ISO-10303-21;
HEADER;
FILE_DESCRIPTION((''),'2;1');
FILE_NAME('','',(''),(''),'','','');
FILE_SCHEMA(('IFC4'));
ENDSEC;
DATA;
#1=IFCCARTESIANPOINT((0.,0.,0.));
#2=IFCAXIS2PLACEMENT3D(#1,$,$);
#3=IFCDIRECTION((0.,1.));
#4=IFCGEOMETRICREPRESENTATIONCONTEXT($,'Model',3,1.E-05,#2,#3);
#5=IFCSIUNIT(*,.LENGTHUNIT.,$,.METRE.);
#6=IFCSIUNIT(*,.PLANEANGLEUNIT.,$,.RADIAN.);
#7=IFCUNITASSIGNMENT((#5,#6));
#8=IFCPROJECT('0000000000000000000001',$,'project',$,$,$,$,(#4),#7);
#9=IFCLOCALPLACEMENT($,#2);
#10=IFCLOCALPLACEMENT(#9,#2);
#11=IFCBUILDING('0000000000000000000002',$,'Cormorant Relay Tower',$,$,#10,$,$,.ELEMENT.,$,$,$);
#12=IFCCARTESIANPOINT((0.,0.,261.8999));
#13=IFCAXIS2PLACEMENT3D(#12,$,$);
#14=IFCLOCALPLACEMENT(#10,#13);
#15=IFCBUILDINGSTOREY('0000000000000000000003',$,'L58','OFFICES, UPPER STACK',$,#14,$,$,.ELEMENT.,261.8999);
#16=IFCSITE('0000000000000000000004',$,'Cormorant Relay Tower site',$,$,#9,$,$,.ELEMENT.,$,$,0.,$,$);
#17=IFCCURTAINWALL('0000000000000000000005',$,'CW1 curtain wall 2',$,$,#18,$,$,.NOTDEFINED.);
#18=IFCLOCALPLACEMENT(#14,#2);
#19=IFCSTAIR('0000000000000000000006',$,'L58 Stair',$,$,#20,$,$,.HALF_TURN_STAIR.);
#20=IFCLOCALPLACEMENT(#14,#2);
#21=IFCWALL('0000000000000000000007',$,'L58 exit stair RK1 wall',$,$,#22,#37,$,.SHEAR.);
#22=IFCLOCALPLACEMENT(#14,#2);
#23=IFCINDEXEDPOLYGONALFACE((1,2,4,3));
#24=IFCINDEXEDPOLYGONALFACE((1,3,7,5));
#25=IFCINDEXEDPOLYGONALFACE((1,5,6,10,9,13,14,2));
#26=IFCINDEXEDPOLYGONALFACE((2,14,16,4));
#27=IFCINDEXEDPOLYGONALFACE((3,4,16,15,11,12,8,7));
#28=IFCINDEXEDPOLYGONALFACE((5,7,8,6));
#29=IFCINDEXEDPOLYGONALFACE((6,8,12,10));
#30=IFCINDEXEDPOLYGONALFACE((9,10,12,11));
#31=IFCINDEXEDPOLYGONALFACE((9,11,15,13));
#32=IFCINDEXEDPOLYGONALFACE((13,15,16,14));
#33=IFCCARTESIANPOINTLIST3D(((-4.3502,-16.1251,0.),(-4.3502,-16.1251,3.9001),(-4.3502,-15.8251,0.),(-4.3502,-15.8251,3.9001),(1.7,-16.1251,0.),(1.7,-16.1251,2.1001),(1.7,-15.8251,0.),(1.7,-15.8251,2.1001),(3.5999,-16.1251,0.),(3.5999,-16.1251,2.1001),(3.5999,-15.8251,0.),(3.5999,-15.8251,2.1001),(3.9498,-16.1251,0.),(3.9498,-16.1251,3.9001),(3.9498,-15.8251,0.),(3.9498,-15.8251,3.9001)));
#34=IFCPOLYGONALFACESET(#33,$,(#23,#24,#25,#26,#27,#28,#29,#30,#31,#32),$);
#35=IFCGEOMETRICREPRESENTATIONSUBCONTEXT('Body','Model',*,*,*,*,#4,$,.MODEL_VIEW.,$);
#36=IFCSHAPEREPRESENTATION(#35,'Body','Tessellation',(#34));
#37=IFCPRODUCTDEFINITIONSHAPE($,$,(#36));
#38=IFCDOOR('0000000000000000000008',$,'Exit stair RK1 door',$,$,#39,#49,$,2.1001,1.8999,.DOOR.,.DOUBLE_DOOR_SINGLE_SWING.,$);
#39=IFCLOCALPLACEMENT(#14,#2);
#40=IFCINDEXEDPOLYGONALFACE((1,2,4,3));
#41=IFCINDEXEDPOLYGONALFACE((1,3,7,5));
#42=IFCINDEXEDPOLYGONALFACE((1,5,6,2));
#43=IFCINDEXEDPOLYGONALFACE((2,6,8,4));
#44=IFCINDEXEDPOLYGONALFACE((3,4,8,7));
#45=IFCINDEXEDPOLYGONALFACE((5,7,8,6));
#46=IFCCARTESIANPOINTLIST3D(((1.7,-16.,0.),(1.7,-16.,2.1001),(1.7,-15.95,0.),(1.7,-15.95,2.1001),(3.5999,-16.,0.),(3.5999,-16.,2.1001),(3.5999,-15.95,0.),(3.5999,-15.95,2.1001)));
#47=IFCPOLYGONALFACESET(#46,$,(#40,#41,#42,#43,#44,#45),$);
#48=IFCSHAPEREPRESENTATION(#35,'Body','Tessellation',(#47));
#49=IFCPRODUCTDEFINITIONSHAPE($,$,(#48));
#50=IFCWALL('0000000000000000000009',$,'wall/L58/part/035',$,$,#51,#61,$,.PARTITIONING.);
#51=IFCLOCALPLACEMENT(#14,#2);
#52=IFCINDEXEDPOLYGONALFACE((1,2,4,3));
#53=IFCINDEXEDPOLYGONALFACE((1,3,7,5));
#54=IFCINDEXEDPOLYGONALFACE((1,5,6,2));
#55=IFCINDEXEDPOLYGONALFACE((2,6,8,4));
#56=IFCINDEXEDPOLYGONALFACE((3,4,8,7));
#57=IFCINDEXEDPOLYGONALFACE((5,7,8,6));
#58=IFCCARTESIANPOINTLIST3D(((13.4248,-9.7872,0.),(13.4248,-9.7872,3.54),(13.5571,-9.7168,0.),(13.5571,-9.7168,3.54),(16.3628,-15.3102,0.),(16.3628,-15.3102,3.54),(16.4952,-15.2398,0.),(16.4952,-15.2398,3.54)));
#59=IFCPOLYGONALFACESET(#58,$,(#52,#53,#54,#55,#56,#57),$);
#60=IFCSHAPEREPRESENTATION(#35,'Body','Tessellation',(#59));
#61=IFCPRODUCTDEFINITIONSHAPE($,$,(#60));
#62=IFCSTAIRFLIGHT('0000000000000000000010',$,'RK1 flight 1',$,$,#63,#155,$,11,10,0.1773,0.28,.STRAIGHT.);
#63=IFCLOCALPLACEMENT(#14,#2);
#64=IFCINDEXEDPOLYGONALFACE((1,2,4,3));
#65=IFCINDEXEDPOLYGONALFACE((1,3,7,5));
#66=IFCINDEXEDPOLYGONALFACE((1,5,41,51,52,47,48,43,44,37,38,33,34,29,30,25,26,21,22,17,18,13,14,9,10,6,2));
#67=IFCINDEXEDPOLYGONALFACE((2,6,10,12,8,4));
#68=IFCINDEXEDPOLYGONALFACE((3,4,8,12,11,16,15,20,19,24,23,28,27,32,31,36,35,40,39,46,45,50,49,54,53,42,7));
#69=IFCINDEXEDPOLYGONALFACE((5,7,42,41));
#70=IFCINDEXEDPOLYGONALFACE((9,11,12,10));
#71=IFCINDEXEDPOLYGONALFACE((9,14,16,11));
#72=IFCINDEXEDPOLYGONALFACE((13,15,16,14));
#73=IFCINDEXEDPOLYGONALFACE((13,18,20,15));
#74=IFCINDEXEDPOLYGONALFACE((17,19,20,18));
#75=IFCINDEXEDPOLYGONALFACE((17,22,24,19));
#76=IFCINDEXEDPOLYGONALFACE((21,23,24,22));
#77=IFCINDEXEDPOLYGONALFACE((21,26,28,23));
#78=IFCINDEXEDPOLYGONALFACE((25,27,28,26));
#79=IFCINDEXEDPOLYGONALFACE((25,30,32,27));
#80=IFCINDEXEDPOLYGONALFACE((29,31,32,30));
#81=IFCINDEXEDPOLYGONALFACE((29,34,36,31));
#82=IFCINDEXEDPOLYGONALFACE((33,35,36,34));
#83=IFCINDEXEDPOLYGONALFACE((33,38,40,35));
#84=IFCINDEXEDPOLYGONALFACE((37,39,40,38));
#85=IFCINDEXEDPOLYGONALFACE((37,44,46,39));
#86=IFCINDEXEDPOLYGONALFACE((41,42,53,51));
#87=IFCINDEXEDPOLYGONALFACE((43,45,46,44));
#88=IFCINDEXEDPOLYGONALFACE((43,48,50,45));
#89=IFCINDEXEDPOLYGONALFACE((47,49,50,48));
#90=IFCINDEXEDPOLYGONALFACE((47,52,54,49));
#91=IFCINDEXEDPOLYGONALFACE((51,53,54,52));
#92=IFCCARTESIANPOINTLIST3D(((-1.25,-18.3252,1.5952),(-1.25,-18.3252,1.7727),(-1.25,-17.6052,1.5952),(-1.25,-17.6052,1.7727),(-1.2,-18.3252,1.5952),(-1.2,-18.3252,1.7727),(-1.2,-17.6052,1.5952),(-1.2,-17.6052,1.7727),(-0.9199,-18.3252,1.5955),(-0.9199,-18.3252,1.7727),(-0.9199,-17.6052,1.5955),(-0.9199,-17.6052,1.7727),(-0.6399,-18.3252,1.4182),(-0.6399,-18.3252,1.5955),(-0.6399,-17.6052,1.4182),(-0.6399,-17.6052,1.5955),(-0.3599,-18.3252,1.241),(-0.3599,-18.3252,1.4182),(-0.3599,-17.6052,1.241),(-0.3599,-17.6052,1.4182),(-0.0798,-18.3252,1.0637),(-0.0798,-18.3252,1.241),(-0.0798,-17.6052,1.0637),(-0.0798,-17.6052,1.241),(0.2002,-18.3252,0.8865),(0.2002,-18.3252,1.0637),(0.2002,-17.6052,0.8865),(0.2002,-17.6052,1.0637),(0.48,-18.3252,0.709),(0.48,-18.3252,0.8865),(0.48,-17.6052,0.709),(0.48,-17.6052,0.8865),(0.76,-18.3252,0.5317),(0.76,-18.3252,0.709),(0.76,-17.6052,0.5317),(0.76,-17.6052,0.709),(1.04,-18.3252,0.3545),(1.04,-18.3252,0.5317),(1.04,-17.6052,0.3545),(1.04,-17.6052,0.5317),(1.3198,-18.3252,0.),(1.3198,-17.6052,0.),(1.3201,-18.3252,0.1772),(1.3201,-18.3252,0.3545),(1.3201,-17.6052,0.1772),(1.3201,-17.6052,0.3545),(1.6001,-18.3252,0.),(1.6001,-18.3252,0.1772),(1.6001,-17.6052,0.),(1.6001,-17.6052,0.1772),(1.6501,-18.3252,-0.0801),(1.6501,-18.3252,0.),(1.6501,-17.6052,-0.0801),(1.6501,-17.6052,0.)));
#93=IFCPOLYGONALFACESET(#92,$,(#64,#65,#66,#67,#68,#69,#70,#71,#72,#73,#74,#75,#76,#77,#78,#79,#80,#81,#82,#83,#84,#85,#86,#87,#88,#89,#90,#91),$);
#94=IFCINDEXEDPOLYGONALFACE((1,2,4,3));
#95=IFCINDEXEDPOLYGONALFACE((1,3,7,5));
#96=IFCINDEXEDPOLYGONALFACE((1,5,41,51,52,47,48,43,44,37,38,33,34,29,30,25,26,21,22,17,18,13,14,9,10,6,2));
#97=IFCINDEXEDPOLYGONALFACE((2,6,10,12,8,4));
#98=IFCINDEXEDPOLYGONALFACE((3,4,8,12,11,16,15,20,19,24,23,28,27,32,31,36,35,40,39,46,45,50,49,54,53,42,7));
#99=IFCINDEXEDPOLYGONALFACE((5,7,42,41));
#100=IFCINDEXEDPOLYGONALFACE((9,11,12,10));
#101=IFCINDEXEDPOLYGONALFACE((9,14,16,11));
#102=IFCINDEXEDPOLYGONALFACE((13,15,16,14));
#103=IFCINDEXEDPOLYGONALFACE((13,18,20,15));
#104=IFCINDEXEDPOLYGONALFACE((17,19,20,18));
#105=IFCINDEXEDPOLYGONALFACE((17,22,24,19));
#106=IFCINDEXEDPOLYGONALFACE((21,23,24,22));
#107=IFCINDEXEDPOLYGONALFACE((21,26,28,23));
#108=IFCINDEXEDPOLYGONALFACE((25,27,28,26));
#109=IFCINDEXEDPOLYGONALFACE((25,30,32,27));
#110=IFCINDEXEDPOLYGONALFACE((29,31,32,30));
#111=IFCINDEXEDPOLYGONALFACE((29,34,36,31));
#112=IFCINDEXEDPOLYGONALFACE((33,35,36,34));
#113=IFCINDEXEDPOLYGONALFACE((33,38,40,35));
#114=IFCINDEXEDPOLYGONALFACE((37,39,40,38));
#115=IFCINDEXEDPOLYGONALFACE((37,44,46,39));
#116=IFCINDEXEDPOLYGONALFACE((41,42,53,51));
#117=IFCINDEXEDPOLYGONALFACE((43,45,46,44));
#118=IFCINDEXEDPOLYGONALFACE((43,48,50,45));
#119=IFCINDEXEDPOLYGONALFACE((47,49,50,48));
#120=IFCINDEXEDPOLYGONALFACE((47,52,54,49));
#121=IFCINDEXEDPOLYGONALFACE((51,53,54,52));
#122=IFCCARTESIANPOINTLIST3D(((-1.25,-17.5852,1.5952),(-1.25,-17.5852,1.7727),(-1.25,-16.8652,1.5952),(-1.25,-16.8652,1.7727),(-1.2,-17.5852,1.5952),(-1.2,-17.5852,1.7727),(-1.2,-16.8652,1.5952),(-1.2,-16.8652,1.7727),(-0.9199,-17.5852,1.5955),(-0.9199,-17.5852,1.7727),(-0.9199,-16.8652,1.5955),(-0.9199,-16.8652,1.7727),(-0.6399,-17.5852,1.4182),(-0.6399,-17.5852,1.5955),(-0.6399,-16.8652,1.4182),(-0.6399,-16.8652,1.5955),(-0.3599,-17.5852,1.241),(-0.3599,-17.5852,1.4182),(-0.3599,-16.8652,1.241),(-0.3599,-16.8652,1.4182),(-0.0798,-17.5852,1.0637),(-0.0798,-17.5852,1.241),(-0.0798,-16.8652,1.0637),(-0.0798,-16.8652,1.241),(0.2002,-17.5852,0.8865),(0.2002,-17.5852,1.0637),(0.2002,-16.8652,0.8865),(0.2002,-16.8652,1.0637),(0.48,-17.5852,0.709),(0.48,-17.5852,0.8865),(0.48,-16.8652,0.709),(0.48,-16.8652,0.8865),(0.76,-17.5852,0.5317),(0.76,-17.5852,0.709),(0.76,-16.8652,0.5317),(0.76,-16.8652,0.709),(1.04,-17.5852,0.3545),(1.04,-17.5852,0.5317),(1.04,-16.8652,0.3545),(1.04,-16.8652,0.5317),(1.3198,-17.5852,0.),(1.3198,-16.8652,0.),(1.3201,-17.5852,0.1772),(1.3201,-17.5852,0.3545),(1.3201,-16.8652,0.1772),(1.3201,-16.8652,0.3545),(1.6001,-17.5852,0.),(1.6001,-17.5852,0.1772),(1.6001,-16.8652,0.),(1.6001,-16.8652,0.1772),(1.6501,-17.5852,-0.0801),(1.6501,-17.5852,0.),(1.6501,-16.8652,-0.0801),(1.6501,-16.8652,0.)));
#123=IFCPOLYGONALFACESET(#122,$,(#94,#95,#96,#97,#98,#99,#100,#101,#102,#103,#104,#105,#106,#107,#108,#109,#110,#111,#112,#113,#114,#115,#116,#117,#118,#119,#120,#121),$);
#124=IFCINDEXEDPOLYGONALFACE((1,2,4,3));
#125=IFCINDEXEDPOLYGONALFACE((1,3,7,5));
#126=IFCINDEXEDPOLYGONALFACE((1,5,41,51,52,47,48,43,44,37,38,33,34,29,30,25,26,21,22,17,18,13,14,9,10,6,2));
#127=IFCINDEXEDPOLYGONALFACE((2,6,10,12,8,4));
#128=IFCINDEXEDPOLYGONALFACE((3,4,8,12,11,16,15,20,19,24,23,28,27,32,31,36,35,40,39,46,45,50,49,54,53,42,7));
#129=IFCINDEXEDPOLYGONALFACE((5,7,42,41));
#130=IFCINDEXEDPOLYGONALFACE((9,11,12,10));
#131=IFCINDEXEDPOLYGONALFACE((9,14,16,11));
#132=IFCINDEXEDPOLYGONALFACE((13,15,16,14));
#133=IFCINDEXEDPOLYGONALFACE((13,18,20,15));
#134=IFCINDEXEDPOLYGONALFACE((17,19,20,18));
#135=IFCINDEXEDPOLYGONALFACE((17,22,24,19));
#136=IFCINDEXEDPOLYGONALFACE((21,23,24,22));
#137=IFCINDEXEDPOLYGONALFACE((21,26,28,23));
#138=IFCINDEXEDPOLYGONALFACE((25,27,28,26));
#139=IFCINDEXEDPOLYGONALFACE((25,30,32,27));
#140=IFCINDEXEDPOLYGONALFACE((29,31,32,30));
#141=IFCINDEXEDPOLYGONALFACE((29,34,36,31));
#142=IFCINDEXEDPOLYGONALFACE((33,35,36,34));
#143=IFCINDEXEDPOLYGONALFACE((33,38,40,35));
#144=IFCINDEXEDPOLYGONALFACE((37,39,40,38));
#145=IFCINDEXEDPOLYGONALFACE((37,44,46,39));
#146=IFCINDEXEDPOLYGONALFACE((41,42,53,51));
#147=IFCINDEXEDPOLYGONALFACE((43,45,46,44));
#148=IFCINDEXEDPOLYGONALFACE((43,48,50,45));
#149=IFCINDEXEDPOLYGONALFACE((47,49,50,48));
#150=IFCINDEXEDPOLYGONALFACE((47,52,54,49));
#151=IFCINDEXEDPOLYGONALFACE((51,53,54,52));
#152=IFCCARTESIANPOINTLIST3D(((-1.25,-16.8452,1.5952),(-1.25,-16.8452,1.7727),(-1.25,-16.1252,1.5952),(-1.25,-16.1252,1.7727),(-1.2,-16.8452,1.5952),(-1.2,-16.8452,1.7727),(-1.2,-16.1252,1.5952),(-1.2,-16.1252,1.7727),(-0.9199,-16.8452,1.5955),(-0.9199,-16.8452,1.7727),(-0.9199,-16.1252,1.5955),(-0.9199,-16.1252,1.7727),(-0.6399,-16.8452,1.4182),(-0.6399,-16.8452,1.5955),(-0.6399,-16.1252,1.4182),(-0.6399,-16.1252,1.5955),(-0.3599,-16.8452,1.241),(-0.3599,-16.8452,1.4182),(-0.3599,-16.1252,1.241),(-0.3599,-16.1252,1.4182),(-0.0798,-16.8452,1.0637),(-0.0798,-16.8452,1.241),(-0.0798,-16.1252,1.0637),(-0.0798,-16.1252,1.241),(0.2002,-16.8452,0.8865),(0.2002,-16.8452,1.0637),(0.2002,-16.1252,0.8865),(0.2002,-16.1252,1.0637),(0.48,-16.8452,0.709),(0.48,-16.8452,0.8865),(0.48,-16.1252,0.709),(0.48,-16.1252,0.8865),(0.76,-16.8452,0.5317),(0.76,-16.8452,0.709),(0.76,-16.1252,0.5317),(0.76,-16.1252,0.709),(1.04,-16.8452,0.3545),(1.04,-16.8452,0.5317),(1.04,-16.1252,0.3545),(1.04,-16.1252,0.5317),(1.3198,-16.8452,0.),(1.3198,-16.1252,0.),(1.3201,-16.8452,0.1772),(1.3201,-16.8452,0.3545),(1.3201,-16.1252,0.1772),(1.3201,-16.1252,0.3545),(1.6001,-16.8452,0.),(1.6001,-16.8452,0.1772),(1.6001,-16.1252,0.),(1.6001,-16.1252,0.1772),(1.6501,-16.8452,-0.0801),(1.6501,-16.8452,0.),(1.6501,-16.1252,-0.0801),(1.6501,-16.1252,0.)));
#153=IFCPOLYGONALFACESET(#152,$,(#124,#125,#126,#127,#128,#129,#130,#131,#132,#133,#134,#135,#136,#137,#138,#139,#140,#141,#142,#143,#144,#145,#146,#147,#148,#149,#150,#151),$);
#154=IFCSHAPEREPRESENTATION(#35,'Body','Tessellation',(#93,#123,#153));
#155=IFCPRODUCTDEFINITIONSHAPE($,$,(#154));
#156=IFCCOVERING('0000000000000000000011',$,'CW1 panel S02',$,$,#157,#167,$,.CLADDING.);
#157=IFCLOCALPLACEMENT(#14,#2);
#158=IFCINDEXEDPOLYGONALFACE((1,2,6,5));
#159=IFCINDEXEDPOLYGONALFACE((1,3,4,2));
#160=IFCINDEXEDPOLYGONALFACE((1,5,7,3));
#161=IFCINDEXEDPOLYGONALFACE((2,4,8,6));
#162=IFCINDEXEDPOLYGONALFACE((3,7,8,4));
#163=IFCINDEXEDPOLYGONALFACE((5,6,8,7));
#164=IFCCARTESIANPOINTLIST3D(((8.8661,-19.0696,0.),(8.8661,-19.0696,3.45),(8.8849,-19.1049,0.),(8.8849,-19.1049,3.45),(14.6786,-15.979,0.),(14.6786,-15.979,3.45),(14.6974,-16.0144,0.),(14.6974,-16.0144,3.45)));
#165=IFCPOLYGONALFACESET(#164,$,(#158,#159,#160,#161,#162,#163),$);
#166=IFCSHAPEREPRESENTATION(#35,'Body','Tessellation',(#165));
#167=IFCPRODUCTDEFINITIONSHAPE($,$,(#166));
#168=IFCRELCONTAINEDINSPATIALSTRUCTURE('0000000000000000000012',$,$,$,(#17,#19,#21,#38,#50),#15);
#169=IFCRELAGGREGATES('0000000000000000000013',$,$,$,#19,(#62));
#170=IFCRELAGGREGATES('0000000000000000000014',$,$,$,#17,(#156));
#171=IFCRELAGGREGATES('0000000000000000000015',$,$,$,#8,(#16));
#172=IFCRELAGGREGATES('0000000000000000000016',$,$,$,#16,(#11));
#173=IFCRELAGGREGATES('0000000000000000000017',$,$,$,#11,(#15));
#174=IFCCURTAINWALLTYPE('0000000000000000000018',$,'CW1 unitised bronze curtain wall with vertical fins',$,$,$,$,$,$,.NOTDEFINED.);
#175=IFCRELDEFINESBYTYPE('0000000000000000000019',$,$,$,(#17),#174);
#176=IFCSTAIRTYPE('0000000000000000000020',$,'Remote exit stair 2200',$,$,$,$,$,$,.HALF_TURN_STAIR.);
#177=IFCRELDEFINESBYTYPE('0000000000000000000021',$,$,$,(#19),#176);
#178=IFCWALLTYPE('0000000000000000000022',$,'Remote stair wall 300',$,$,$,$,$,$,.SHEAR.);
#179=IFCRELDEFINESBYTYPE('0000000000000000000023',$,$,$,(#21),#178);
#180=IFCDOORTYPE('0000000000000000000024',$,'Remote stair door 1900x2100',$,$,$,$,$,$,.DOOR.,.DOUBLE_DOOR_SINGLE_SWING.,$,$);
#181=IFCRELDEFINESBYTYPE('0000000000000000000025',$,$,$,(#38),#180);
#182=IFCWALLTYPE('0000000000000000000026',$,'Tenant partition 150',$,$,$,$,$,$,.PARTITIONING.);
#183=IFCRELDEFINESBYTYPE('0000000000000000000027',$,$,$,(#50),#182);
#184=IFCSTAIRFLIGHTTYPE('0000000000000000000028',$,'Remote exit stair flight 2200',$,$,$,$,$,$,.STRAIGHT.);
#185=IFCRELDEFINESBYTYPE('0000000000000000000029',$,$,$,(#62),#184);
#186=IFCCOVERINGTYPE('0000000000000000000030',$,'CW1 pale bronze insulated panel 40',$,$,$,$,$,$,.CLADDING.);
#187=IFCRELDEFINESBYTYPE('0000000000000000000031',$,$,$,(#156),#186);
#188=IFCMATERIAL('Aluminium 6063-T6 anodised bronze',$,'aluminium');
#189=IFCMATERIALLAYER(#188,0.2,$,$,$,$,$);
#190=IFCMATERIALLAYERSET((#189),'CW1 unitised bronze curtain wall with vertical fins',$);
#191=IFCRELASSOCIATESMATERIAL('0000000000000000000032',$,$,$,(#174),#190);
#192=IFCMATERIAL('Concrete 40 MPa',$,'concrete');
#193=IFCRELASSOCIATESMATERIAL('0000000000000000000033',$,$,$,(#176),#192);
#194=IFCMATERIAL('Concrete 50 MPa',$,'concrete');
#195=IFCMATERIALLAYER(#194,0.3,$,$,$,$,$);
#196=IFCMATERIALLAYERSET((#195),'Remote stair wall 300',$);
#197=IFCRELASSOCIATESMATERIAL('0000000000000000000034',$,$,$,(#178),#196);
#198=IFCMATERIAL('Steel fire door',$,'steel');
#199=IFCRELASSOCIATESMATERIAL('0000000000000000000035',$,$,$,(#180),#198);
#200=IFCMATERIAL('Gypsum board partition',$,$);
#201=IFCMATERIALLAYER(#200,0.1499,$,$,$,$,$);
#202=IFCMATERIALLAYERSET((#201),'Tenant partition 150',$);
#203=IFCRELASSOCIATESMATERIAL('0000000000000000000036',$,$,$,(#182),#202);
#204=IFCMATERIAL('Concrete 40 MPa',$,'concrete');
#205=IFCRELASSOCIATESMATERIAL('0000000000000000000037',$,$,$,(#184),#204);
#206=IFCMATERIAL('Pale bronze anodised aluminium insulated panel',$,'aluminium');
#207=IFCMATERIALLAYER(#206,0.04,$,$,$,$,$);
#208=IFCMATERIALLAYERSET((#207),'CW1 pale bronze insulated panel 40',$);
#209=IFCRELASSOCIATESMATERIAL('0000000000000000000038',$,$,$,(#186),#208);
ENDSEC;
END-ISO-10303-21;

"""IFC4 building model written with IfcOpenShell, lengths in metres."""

from ifc_helpers import new_model, si_unit, direction, frame, frame_2d, origin, origin_2d, place, context, subcontext, project, spatial, polyline, rectangle, outline, extrude, material, layer, layer_set, type_object, element, fill, aggregate, save


model = new_model("IFC4")

# Units and contexts
model_context = context("Model", 3, precision=1e-05, world=origin(), true_north=direction((0.0, 1.0)))
body_context = subcontext(model_context, "Body", "Model", "MODEL_VIEW")
ifc_project = project(units=[si_unit("LENGTHUNIT", "METRE"), si_unit("PLANEANGLEUNIT", "RADIAN")], contexts=[model_context])

# Site, building, storey
site_placement = place(None, origin())
site = spatial("IfcSite", under=ifc_project, at=site_placement, Name="Cormorant Relay Tower site", CompositionType="ELEMENT", RefElevation=0.0)
building_placement = place(site_placement, origin())
building = spatial("IfcBuilding", under=site, at=building_placement, Name="Cormorant Relay Tower", CompositionType="ELEMENT")
storey_placement = place(building_placement, frame((0.0, 0.0, 261.8999)))
storey = spatial("IfcBuildingStorey", under=building, at=storey_placement, Name="L58", Description="OFFICES, UPPER STACK", CompositionType="ELEMENT", Elevation=261.8999)

# Curtain wall
ifc_material_1 = material(Name="Aluminium 6063-T6 anodised bronze", Category="aluminium")
ifc_layer_1 = layer(ifc_material_1, 0.2)
ifc_layer_set_1 = layer_set([ifc_layer_1], Name="CW1 unitised bronze curtain wall with vertical fins")
curtain_wall_type = type_object("IfcCurtainWallType", Name="CW1 unitised bronze curtain wall with vertical fins", PredefinedType="NOTDEFINED", material=ifc_layer_set_1)
curtain_wall_placement = place(storey_placement, origin())
curtain_wall = element("IfcCurtainWall", 1, at=curtain_wall_placement, inside=storey, type_object=curtain_wall_type, Name="CW1 curtain wall 2", PredefinedType="NOTDEFINED")

# Stair
ifc_material_2 = material(Name="Concrete 40 MPa", Category="concrete")
stair_type_1 = type_object("IfcStairType", Name="Remote exit stair 2200", PredefinedType="HALF_TURN_STAIR", material=ifc_material_2)
stair_1_placement = place(storey_placement, origin())
stair_1 = element("IfcStair", 2, at=stair_1_placement, inside=storey, type_object=stair_type_1, Name="L58 Stair", PredefinedType="HALF_TURN_STAIR")

# Shared definitions
ifc_material_3 = material(Name="Concrete 50 MPa", Category="concrete")
ifc_layer_2 = layer(ifc_material_3, 0.3)
ifc_layer_set_2 = layer_set([ifc_layer_2], Name="Remote stair wall 300")
wall_type_1 = type_object("IfcWallType", Name="Remote stair wall 300", PredefinedType="SHEAR", material=ifc_layer_set_2)

# Wall, opening, door
wall_1_placement = place(storey_placement, frame((-4.3501, -15.9751, 0.0), z_axis=(0.0, 0.0, 1.0), x_axis=(1.0, 0.0, 0.0)))
wall_1 = element("IfcWall", 3, at=wall_1_placement, inside=storey, type_object=wall_type_1, Name="L58 exit stair RK1 wall", PredefinedType="SHEAR", context=body_context, shape_type="SweptSolid", body=[
    extrude(rectangle(XDim=8.3, YDim=0.3, at=frame_2d((4.1499, 0.0))), origin(), (0.0, 0.0, 1.0), 3.9001),
])
opening_1_placement = place(wall_1_placement, frame((6.05, 0.0, 0.0)))
opening_1 = element("IfcOpeningElement", 4, at=opening_1_placement, cuts=wall_1, PredefinedType="OPENING", context=body_context, shape_type="SweptSolid", body=[
    extrude(rectangle(XDim=1.8999, YDim=2.1001, at=frame_2d((0.95, 1.05))), frame((0.0, 0.1599, 0.0), z_axis=(0.0, -1.0, 0.0), x_axis=(1.0, 0.0, 0.0)), (0.0, 0.0, 1.0), 0.3201),
])
ifc_material_4 = material(Name="Steel fire door", Category="steel")
door_type_1 = type_object("IfcDoorType", Name="Remote stair door 1900x2100", OperationType="DOUBLE_DOOR_SINGLE_SWING", PredefinedType="DOOR", material=ifc_material_4)
door_1_placement = place(opening_1_placement, frame((1.8999, 0.0, 0.0), z_axis=(0.0, 0.0, 1.0), x_axis=(-1.0, 0.0, 0.0)))
door_1 = element("IfcDoor", 5, at=door_1_placement, inside=storey, type_object=door_type_1, Name="Exit stair RK1 door", OperationType="DOUBLE_DOOR_SINGLE_SWING", OverallHeight=2.1001, OverallWidth=1.8999, PredefinedType="DOOR", context=body_context, shape_type="SweptSolid", body=[
    extrude(rectangle(XDim=1.8999, YDim=2.1001, at=frame_2d((0.95, 1.05))), frame((0.0, 0.0249, 0.0), z_axis=(0.0, -1.0, 0.0), x_axis=(1.0, 0.0, 0.0)), (0.0, 0.0, 1.0), 0.05),
])
fill(opening_1, door_1)

# Wall
ifc_material_5 = material(Name="Gypsum board partition")
ifc_layer_3 = layer(ifc_material_5, 0.1499)
ifc_layer_set_3 = layer_set([ifc_layer_3], Name="Tenant partition 150")
wall_type_2 = type_object("IfcWallType", Name="Tenant partition 150", PredefinedType="PARTITIONING", material=ifc_layer_set_3)
wall_2_placement = place(storey_placement, frame((13.491, -9.752, 0.0), z_axis=(0.0, 0.0, 1.0), x_axis=(0.469644, -0.882856, 0.0)))
element("IfcWall", 6, at=wall_2_placement, inside=storey, type_object=wall_type_2, Name="wall/L58/part/035", PredefinedType="PARTITIONING", context=body_context, shape_type="SweptSolid", body=[
    extrude(rectangle(XDim=6.2559, YDim=0.1499, at=frame_2d((3.1279, 0.0))), origin(), (0.0, 0.0, 1.0), 3.54),
])

# Stair flight
ifc_material_6 = material(Name="Concrete 40 MPa", Category="concrete")
stair_flight_type = type_object("IfcStairFlightType", Name="Remote exit stair flight 2200", PredefinedType="STRAIGHT", material=ifc_material_6)
stair_flight_placement = place(storey_placement, frame((1.6001, -17.2251, 0.0), z_axis=(0.0, 0.0, 1.0), x_axis=(-1.0, 0.0, 0.0)))
stair_flight = element("IfcStairFlight", 7, at=stair_flight_placement, type_object=stair_flight_type, Name="RK1 flight 1", NumberOfRisers=11, NumberOfTreads=10, PredefinedType="STRAIGHT", RiserHeight=0.1773, TreadLength=0.28, context=body_context, shape_type="SweptSolid", body=[
    extrude(outline(polyline([(-0.05, -0.0801), (-0.05, 0.0), (0.0, 0.0), (0.0, 0.1772), (0.28, 0.1772), (0.28, 0.3545), (0.5601, 0.3545), (0.5601, 0.5317), (0.8401, 0.5317), (0.8401, 0.709), (1.1201, 0.709), (1.1201, 0.8865), (1.3999, 0.8865), (1.3999, 1.0637), (1.6799, 1.0637), (1.6799, 1.241), (1.96, 1.241), (1.96, 1.4182), (2.24, 1.4182), (2.24, 1.5955), (2.52, 1.5955), (2.52, 1.7727), (2.8, 1.7727), (2.8501, 1.7727), (2.8501, 1.5952), (2.8, 1.5952), (0.2803, 0.0), (-0.05, -0.0801)])), frame((0.0, 1.1001, 0.0), z_axis=(0.0, -1.0, 0.0), x_axis=(1.0, 0.0, 0.0)), (0.0, 0.0, 1.0), 0.72),
    extrude(outline(polyline([(-0.05, -0.0801), (-0.05, 0.0), (0.0, 0.0), (0.0, 0.1772), (0.28, 0.1772), (0.28, 0.3545), (0.5601, 0.3545), (0.5601, 0.5317), (0.8401, 0.5317), (0.8401, 0.709), (1.1201, 0.709), (1.1201, 0.8865), (1.3999, 0.8865), (1.3999, 1.0637), (1.6799, 1.0637), (1.6799, 1.241), (1.96, 1.241), (1.96, 1.4182), (2.24, 1.4182), (2.24, 1.5955), (2.52, 1.5955), (2.52, 1.7727), (2.8, 1.7727), (2.8501, 1.7727), (2.8501, 1.5952), (2.8, 1.5952), (0.2803, 0.0), (-0.05, -0.0801)])), frame((0.0, 0.3601, 0.0), z_axis=(0.0, -1.0, 0.0), x_axis=(1.0, 0.0, 0.0)), (0.0, 0.0, 1.0), 0.72),
    extrude(outline(polyline([(-0.05, -0.0801), (-0.05, 0.0), (0.0, 0.0), (0.0, 0.1772), (0.28, 0.1772), (0.28, 0.3545), (0.5601, 0.3545), (0.5601, 0.5317), (0.8401, 0.5317), (0.8401, 0.709), (1.1201, 0.709), (1.1201, 0.8865), (1.3999, 0.8865), (1.3999, 1.0637), (1.6799, 1.0637), (1.6799, 1.241), (1.96, 1.241), (1.96, 1.4182), (2.24, 1.4182), (2.24, 1.5955), (2.52, 1.5955), (2.52, 1.7727), (2.8, 1.7727), (2.8501, 1.7727), (2.8501, 1.5952), (2.8, 1.5952), (0.2803, 0.0), (-0.05, -0.0801)])), frame((0.0, -0.3799, 0.0), z_axis=(0.0, -1.0, 0.0), x_axis=(1.0, 0.0, 0.0)), (0.0, 0.0, 1.0), 0.72),
])
aggregate(stair_1, [stair_flight])

# Covering
ifc_material_7 = material(Name="Pale bronze anodised aluminium insulated panel", Category="aluminium")
ifc_layer_4 = layer(ifc_material_7, 0.04)
ifc_layer_set_4 = layer_set([ifc_layer_4], Name="CW1 pale bronze insulated panel 40")
covering_type = type_object("IfcCoveringType", Name="CW1 pale bronze insulated panel 40", PredefinedType="CLADDING", material=ifc_layer_set_4)
covering_placement = place(storey_placement, frame((11.7817, -17.542, 0.0), z_axis=(0.0, 0.0, 1.0), x_axis=(0.882948, 0.469472, 0.0)))
covering = element("IfcCovering", 8, at=covering_placement, type_object=covering_type, Name="CW1 panel S02", PredefinedType="CLADDING", context=body_context, shape_type="SweptSolid", body=[
    extrude(rectangle(XDim=6.583, YDim=0.04, at=origin_2d()), origin(), (0.0, 0.0, 1.0), 3.45),
])
aggregate(curtain_wall, [covering])

save(model, "model.ifc")
